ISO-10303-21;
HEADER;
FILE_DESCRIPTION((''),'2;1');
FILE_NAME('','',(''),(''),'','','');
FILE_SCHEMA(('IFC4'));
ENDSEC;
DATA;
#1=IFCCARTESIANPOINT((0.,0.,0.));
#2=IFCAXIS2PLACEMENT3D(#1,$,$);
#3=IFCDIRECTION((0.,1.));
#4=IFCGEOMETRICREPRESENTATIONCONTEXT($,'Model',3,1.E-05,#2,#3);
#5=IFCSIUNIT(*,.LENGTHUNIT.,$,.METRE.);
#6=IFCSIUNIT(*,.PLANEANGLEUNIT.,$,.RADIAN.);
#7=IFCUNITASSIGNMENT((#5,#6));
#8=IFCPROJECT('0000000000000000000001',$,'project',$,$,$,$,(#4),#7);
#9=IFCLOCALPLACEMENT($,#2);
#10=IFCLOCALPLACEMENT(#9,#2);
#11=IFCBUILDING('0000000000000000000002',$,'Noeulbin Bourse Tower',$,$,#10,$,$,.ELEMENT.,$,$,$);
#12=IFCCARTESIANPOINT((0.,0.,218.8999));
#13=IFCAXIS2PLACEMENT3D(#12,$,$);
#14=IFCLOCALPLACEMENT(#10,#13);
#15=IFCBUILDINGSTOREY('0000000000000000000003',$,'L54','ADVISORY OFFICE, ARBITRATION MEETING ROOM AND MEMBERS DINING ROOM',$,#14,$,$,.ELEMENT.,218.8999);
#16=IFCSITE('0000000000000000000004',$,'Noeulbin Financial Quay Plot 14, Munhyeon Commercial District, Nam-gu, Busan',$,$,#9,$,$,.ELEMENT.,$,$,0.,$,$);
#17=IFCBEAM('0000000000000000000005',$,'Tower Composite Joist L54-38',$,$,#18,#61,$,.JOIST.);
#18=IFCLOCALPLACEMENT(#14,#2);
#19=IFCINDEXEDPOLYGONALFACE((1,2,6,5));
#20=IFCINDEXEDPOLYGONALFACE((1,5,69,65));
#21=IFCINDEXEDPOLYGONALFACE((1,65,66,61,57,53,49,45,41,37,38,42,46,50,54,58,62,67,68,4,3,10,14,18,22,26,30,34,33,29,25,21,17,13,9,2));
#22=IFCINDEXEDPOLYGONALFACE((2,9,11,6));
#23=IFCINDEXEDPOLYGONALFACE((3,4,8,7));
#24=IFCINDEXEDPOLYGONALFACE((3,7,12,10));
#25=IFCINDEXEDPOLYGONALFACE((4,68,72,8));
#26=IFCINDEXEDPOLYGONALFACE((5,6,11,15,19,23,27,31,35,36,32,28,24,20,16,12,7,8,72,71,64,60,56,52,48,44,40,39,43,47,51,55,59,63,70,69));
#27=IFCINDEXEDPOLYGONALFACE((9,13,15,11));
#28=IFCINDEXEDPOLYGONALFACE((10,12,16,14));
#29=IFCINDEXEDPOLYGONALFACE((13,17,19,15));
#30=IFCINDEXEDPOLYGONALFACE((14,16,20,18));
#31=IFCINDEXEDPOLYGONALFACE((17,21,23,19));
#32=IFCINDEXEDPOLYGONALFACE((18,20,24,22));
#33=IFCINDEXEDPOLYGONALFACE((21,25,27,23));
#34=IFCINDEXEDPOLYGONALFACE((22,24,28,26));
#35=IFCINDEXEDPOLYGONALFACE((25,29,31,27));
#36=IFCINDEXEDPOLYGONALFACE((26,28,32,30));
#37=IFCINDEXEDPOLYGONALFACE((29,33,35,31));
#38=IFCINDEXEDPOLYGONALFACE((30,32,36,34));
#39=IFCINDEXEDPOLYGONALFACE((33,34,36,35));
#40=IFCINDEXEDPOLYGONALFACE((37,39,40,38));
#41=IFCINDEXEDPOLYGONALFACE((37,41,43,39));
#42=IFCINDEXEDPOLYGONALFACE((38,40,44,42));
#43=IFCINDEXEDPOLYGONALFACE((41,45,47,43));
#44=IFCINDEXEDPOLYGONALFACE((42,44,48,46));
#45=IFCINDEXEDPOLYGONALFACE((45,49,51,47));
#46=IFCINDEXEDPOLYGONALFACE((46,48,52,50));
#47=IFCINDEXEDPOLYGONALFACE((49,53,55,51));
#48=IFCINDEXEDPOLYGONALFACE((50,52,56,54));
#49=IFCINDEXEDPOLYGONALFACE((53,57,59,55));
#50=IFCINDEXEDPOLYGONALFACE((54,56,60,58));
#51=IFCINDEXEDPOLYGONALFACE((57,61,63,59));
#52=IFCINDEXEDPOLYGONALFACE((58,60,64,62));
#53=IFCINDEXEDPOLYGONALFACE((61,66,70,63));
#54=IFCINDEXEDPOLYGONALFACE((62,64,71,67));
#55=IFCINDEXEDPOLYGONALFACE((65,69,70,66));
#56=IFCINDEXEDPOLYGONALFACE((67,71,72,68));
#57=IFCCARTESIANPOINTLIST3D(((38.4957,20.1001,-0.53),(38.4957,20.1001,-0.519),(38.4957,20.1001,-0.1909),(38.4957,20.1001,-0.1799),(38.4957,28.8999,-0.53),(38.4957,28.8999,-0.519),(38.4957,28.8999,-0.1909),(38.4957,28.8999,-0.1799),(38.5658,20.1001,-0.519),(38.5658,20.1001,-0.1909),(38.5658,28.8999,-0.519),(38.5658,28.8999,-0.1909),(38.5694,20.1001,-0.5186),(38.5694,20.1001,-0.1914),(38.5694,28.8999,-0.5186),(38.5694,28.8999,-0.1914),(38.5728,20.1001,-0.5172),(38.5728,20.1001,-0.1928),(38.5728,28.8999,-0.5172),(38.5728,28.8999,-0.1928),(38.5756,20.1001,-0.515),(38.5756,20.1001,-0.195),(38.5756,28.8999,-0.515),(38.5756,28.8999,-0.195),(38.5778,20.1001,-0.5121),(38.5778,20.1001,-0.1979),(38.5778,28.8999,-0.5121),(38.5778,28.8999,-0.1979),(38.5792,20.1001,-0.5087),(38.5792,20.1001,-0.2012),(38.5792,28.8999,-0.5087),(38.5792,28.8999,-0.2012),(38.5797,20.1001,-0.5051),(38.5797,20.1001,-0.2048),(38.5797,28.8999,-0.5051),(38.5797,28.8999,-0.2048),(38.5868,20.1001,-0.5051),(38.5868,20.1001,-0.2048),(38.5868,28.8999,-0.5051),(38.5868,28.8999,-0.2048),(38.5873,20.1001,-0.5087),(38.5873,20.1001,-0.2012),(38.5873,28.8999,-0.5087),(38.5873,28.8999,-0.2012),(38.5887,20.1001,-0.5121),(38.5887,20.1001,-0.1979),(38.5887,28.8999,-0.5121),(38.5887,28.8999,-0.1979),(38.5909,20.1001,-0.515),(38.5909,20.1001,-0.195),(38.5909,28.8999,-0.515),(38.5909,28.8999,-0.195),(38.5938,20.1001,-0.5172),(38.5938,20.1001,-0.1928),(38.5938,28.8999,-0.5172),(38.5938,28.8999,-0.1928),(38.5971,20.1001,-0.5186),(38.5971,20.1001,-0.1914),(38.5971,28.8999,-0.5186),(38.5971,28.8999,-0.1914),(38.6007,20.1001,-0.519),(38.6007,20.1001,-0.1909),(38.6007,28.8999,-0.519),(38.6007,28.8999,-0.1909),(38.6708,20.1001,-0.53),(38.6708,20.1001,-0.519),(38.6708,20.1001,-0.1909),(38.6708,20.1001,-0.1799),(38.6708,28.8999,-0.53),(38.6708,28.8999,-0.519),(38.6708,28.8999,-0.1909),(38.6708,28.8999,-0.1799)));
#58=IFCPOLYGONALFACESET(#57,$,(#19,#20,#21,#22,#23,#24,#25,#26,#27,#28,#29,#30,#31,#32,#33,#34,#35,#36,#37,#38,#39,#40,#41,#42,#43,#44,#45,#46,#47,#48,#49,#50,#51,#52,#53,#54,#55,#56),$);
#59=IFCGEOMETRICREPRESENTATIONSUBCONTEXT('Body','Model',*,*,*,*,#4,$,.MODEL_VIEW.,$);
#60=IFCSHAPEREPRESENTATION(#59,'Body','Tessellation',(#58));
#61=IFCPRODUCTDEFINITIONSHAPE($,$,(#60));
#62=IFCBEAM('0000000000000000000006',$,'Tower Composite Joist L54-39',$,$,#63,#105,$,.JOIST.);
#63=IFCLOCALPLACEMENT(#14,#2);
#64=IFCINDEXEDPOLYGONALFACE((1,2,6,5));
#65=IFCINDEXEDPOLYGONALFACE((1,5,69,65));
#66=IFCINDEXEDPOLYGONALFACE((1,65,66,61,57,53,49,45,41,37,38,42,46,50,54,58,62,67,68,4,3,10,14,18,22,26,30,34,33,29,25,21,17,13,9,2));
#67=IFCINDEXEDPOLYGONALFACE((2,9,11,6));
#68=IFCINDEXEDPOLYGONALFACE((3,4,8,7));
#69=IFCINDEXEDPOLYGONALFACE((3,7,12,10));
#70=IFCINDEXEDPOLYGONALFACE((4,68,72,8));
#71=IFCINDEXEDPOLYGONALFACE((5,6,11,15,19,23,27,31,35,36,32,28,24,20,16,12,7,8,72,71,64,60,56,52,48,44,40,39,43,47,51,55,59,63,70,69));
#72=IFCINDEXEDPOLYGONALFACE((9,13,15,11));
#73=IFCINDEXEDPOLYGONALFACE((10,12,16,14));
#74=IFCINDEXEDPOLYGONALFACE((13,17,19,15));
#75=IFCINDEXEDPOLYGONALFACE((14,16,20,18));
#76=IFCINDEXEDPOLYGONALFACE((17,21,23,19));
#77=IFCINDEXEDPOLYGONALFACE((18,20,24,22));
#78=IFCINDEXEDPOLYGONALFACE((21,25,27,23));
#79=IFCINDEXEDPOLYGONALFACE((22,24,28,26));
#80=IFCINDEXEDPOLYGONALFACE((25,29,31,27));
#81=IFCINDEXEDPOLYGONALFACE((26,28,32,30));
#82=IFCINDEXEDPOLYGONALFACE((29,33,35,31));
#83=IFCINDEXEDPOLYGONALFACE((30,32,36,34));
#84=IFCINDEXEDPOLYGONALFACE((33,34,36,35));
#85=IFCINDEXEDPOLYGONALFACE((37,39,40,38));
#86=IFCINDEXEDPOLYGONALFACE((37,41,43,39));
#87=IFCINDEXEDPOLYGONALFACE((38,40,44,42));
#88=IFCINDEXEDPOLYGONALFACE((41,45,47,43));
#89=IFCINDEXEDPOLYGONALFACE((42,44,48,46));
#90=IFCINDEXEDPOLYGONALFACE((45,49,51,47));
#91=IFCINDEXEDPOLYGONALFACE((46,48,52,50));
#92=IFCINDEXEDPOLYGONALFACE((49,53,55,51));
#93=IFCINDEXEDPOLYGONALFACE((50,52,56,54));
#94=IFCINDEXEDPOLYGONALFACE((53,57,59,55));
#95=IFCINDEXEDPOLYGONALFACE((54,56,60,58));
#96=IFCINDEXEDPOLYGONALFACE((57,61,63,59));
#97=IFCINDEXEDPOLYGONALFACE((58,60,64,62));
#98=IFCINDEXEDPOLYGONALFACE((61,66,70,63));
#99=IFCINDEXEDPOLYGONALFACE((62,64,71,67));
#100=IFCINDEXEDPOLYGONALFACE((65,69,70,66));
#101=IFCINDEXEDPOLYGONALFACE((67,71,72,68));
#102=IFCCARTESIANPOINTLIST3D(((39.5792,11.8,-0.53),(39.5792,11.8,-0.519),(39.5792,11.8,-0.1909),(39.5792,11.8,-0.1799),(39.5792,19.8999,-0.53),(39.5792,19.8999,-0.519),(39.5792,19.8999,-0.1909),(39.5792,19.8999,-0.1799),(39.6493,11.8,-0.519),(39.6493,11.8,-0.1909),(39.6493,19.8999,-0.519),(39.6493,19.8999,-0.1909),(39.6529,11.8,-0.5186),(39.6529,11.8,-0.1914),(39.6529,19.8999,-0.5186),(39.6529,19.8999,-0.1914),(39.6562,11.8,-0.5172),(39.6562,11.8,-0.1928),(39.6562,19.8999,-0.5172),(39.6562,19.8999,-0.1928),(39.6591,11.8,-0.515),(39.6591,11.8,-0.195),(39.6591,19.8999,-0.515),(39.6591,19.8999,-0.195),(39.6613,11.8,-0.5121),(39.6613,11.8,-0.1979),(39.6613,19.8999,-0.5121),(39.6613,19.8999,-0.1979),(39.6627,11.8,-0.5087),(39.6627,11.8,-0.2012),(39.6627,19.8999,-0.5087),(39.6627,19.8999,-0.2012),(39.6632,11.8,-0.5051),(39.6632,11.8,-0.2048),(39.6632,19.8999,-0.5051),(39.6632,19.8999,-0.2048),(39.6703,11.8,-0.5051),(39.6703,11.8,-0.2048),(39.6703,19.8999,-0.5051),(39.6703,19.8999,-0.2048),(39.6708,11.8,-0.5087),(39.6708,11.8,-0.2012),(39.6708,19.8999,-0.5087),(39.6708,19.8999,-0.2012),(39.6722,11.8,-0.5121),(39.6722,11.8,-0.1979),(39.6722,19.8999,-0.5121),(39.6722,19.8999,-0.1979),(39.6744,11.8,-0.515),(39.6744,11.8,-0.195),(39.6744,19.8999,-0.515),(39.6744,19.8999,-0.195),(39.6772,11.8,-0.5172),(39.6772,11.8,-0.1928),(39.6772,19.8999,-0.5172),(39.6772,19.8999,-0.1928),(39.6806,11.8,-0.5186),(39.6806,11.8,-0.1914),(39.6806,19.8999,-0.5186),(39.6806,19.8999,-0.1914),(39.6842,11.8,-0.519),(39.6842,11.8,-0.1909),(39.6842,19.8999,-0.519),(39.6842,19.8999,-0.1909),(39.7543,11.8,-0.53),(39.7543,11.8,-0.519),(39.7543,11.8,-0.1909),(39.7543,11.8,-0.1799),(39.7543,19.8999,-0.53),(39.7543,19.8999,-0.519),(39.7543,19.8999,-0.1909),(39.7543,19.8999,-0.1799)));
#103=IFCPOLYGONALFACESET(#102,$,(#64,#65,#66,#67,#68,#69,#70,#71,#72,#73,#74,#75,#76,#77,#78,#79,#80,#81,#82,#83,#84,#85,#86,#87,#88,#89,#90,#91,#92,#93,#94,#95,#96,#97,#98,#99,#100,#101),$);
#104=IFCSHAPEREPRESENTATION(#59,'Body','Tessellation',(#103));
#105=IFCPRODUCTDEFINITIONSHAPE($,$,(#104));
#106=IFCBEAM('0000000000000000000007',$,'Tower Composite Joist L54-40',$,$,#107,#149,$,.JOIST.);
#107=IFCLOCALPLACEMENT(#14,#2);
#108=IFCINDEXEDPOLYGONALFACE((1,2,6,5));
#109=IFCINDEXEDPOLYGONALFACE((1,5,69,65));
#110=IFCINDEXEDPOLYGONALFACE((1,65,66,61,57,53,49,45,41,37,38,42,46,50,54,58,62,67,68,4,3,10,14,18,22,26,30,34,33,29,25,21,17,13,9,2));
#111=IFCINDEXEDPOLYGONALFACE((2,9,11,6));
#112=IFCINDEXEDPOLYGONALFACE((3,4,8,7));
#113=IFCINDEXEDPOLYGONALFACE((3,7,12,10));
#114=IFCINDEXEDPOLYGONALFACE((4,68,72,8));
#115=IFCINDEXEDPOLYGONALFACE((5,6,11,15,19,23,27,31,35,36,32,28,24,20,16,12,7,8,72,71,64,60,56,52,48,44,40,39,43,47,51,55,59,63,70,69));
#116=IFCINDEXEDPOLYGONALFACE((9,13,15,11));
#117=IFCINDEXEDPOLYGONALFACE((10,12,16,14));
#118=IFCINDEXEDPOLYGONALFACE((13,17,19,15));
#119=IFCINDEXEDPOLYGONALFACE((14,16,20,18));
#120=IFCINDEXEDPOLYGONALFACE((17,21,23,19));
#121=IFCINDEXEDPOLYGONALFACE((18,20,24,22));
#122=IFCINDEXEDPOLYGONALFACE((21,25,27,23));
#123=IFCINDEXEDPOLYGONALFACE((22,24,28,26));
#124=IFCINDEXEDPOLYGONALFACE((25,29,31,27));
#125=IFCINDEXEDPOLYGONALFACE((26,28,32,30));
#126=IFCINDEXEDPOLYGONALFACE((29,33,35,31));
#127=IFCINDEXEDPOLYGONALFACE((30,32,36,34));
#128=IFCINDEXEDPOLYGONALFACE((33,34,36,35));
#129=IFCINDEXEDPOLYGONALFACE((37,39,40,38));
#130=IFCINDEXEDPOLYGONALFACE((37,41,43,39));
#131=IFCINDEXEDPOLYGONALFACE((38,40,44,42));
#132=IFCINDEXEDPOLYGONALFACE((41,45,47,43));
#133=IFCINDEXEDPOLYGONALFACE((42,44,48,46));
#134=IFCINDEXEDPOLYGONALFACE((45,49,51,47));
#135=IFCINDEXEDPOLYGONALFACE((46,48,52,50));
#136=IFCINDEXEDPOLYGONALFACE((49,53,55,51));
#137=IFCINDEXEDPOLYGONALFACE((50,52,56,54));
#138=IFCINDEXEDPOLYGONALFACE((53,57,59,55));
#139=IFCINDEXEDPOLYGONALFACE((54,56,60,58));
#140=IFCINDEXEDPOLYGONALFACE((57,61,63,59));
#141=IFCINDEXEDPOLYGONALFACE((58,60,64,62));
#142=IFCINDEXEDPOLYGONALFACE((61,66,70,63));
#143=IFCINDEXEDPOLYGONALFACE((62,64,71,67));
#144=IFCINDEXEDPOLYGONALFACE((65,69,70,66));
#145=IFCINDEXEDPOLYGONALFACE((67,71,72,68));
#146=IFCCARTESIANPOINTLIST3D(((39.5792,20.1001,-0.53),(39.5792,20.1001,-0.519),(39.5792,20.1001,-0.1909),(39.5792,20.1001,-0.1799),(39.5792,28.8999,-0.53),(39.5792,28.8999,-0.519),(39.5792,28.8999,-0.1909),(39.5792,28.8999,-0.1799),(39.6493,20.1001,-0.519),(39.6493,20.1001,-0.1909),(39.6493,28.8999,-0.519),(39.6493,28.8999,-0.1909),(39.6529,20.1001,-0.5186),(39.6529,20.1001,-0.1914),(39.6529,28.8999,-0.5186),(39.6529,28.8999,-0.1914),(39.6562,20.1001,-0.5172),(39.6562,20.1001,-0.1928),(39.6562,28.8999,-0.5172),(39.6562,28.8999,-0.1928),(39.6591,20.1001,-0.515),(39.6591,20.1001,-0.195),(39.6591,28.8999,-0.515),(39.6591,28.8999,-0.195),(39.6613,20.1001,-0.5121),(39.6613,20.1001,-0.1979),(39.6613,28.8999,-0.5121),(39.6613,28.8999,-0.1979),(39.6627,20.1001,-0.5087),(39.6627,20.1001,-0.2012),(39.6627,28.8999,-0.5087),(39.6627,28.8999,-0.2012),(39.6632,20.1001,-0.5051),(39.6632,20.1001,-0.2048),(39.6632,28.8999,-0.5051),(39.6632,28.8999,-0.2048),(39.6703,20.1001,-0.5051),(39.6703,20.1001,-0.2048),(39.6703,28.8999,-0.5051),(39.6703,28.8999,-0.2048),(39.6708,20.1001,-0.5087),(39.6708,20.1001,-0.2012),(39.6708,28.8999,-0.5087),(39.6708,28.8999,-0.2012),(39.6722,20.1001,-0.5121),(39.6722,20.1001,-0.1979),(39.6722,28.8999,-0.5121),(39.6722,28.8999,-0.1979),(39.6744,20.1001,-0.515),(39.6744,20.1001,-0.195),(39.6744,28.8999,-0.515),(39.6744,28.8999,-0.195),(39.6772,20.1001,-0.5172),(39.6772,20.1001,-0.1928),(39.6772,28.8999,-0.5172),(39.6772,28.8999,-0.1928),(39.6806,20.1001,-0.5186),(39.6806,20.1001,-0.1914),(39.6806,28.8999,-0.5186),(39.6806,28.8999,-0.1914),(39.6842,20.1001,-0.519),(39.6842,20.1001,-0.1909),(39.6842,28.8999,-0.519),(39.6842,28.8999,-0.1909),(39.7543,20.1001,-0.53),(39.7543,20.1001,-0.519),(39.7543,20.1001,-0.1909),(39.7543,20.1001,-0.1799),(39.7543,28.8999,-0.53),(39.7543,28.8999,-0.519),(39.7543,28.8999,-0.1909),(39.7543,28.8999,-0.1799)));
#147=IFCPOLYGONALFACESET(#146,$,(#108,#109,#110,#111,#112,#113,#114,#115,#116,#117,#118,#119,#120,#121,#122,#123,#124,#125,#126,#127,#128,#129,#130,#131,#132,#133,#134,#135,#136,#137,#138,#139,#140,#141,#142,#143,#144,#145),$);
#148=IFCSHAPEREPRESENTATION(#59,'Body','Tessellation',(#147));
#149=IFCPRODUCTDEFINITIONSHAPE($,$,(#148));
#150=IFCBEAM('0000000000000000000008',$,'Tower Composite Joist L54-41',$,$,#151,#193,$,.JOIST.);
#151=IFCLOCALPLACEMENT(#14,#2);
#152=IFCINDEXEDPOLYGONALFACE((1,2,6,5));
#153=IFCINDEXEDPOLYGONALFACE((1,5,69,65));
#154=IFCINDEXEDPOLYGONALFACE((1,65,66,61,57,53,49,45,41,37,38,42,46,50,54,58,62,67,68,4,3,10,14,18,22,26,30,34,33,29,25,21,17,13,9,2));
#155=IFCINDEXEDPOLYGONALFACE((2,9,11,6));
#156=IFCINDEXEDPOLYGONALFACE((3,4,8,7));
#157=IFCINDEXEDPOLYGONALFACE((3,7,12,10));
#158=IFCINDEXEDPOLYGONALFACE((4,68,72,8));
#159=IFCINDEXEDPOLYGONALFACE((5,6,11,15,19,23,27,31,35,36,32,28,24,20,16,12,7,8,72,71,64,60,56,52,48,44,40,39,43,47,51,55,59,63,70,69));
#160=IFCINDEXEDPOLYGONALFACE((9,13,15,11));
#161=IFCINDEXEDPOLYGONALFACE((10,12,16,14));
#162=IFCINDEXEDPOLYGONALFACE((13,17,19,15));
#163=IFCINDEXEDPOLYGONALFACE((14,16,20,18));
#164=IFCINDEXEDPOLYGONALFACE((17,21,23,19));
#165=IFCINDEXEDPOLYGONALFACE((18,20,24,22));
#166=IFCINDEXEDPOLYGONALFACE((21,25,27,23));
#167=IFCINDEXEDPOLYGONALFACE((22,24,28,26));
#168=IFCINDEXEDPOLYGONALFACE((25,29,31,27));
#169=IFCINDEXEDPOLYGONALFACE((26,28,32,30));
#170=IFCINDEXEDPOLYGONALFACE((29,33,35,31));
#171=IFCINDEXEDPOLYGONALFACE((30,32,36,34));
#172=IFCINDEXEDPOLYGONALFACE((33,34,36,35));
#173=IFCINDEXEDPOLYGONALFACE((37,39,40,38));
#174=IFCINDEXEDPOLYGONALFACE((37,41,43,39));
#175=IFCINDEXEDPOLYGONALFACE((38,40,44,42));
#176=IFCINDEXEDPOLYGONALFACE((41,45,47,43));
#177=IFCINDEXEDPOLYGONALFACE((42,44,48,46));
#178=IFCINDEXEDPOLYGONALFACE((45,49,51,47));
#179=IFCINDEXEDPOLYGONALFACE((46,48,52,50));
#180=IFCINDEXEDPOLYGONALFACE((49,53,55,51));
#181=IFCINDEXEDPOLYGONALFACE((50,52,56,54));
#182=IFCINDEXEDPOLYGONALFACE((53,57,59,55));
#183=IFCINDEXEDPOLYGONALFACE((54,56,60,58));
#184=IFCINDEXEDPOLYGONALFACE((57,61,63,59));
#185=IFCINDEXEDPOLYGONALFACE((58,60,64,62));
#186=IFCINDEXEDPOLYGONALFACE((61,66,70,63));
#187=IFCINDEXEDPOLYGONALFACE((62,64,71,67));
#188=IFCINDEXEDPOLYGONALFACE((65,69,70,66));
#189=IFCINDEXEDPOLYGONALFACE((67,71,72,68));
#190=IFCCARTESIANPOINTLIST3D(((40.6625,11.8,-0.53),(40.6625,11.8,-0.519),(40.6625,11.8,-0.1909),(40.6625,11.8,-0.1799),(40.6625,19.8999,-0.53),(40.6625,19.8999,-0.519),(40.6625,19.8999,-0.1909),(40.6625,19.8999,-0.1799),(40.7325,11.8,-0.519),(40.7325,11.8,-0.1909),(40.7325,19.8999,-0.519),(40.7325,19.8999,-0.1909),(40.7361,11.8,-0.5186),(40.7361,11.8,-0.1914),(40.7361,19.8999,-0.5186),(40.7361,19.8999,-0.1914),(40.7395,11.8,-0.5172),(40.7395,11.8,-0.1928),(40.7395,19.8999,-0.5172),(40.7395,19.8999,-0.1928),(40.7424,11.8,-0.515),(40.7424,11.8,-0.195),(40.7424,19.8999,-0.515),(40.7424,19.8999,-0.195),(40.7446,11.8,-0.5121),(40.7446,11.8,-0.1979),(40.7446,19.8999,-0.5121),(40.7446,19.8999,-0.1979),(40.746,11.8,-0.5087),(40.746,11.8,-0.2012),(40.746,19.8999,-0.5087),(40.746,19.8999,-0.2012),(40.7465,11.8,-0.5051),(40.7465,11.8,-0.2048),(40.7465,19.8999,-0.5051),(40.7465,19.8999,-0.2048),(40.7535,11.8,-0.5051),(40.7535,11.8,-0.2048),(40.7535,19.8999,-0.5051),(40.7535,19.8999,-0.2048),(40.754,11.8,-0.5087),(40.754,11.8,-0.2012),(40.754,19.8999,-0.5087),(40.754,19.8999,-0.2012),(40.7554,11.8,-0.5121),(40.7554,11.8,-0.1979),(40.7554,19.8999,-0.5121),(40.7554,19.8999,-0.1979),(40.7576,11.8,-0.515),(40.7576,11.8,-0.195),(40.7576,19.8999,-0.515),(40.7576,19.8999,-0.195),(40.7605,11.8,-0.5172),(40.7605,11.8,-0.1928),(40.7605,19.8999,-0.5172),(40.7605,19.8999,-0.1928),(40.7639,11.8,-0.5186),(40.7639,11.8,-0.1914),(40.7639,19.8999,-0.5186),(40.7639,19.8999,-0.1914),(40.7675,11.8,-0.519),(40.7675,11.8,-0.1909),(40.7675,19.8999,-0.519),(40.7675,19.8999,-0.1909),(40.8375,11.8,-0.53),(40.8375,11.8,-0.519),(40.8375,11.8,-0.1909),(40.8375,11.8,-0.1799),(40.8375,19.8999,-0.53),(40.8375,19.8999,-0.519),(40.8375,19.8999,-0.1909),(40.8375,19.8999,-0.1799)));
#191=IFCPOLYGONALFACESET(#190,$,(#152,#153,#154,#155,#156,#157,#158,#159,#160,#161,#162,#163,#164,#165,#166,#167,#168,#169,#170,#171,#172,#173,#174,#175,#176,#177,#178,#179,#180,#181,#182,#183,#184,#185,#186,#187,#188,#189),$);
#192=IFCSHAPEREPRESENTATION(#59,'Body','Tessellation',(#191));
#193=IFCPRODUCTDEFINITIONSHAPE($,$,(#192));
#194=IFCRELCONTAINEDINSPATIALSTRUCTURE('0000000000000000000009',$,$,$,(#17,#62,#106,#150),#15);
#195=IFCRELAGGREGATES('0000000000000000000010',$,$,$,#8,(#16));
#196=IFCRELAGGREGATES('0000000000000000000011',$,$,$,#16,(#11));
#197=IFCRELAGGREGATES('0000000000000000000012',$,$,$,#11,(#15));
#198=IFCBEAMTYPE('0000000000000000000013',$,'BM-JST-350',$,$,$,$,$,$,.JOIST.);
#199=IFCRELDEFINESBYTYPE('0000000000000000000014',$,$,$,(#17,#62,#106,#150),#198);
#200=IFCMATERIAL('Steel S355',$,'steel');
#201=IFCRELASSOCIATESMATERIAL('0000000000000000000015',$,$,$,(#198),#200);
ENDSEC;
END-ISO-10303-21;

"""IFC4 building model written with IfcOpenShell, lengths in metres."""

from ifc_helpers import new_model, si_unit, direction, frame, origin, origin_2d, place, context, subcontext, project, spatial, i_section, extrude, material, material_profile, profile_set, type_object, element, save


model = new_model("IFC4")

# Units and contexts
model_context = context("Model", 3, precision=1e-05, world=origin(), true_north=direction((0.0, 1.0)))
body_context = subcontext(model_context, "Body", "Model", "MODEL_VIEW")
ifc_project = project(units=[si_unit("LENGTHUNIT", "METRE"), si_unit("PLANEANGLEUNIT", "RADIAN")], contexts=[model_context])

# Site, building, storey
site_placement = place(None, origin())
site = spatial("IfcSite", under=ifc_project, at=site_placement, Name="Noeulbin Financial Quay Plot 14, Munhyeon Commercial District, Nam-gu, Busan", CompositionType="ELEMENT", RefElevation=0.0)
building_placement = place(site_placement, origin())
building = spatial("IfcBuilding", under=site, at=building_placement, Name="Noeulbin Bourse Tower", CompositionType="ELEMENT")
storey_placement = place(building_placement, frame((0.0, 0.0, 218.8999)))
storey = spatial("IfcBuildingStorey", under=building, at=storey_placement, Name="L54", Description="ADVISORY OFFICE, ARBITRATION MEETING ROOM AND MEMBERS DINING ROOM", CompositionType="ELEMENT", Elevation=218.8999)

# Shared definitions
ifc_material_1 = material(Name="Steel S355", Category="steel")

# Beams
ifc_material_profile_1 = material_profile(ifc_material_1, i_section(OverallWidth=0.175, OverallDepth=0.3501, WebThickness=0.0071, FlangeThickness=0.011, FilletRadius=0.0139, at=origin_2d()), Name="H-350x175x7x11", Category="LoadBearing")
ifc_profile_set_1 = profile_set([ifc_material_profile_1], Name="Steel S355")
beam_type_1 = type_object("IfcBeamType", Name="BM-JST-350", PredefinedType="JOIST", material=ifc_profile_set_1)
beam_1_placement = place(storey_placement, frame((38.5833, 20.1001, -0.355), z_axis=(0.0, 1.0, 0.0), x_axis=(-1.0, 0.0, 0.0)))
element("IfcBeam", 1, at=beam_1_placement, inside=storey, type_object=beam_type_1, Name="Tower Composite Joist L54-38", PredefinedType="JOIST", context=body_context, shape_type="SweptSolid", body=[
    extrude(i_section(OverallWidth=0.175, OverallDepth=0.3501, WebThickness=0.0071, FlangeThickness=0.011, FilletRadius=0.0139, at=origin_2d()), origin(), (0.0, 0.0, 1.0), 8.7998),
])
beam_2_placement = place(storey_placement, frame((39.6667, 11.8, -0.355), z_axis=(0.0, 1.0, 0.0), x_axis=(-1.0, 0.0, 0.0)))
element("IfcBeam", 2, at=beam_2_placement, inside=storey, type_object=beam_type_1, Name="Tower Composite Joist L54-39", PredefinedType="JOIST", context=body_context, shape_type="SweptSolid", body=[
    extrude(i_section(OverallWidth=0.175, OverallDepth=0.3501, WebThickness=0.0071, FlangeThickness=0.011, FilletRadius=0.0139, at=origin_2d()), origin(), (0.0, 0.0, 1.0), 8.0999),
])
beam_3_placement = place(storey_placement, frame((39.6667, 20.1001, -0.355), z_axis=(0.0, 1.0, 0.0), x_axis=(-1.0, 0.0, 0.0)))
element("IfcBeam", 3, at=beam_3_placement, inside=storey, type_object=beam_type_1, Name="Tower Composite Joist L54-40", PredefinedType="JOIST", context=body_context, shape_type="SweptSolid", body=[
    extrude(i_section(OverallWidth=0.175, OverallDepth=0.3501, WebThickness=0.0071, FlangeThickness=0.011, FilletRadius=0.0139, at=origin_2d()), origin(), (0.0, 0.0, 1.0), 8.7998),
])
beam_4_placement = place(storey_placement, frame((40.75, 11.8, -0.355), z_axis=(0.0, 1.0, 0.0), x_axis=(-1.0, 0.0, 0.0)))
element("IfcBeam", 4, at=beam_4_placement, inside=storey, type_object=beam_type_1, Name="Tower Composite Joist L54-41", PredefinedType="JOIST", context=body_context, shape_type="SweptSolid", body=[
    extrude(i_section(OverallWidth=0.175, OverallDepth=0.3501, WebThickness=0.0071, FlangeThickness=0.011, FilletRadius=0.0139, at=origin_2d()), origin(), (0.0, 0.0, 1.0), 8.0999),
])

save(model, "model.ifc")
